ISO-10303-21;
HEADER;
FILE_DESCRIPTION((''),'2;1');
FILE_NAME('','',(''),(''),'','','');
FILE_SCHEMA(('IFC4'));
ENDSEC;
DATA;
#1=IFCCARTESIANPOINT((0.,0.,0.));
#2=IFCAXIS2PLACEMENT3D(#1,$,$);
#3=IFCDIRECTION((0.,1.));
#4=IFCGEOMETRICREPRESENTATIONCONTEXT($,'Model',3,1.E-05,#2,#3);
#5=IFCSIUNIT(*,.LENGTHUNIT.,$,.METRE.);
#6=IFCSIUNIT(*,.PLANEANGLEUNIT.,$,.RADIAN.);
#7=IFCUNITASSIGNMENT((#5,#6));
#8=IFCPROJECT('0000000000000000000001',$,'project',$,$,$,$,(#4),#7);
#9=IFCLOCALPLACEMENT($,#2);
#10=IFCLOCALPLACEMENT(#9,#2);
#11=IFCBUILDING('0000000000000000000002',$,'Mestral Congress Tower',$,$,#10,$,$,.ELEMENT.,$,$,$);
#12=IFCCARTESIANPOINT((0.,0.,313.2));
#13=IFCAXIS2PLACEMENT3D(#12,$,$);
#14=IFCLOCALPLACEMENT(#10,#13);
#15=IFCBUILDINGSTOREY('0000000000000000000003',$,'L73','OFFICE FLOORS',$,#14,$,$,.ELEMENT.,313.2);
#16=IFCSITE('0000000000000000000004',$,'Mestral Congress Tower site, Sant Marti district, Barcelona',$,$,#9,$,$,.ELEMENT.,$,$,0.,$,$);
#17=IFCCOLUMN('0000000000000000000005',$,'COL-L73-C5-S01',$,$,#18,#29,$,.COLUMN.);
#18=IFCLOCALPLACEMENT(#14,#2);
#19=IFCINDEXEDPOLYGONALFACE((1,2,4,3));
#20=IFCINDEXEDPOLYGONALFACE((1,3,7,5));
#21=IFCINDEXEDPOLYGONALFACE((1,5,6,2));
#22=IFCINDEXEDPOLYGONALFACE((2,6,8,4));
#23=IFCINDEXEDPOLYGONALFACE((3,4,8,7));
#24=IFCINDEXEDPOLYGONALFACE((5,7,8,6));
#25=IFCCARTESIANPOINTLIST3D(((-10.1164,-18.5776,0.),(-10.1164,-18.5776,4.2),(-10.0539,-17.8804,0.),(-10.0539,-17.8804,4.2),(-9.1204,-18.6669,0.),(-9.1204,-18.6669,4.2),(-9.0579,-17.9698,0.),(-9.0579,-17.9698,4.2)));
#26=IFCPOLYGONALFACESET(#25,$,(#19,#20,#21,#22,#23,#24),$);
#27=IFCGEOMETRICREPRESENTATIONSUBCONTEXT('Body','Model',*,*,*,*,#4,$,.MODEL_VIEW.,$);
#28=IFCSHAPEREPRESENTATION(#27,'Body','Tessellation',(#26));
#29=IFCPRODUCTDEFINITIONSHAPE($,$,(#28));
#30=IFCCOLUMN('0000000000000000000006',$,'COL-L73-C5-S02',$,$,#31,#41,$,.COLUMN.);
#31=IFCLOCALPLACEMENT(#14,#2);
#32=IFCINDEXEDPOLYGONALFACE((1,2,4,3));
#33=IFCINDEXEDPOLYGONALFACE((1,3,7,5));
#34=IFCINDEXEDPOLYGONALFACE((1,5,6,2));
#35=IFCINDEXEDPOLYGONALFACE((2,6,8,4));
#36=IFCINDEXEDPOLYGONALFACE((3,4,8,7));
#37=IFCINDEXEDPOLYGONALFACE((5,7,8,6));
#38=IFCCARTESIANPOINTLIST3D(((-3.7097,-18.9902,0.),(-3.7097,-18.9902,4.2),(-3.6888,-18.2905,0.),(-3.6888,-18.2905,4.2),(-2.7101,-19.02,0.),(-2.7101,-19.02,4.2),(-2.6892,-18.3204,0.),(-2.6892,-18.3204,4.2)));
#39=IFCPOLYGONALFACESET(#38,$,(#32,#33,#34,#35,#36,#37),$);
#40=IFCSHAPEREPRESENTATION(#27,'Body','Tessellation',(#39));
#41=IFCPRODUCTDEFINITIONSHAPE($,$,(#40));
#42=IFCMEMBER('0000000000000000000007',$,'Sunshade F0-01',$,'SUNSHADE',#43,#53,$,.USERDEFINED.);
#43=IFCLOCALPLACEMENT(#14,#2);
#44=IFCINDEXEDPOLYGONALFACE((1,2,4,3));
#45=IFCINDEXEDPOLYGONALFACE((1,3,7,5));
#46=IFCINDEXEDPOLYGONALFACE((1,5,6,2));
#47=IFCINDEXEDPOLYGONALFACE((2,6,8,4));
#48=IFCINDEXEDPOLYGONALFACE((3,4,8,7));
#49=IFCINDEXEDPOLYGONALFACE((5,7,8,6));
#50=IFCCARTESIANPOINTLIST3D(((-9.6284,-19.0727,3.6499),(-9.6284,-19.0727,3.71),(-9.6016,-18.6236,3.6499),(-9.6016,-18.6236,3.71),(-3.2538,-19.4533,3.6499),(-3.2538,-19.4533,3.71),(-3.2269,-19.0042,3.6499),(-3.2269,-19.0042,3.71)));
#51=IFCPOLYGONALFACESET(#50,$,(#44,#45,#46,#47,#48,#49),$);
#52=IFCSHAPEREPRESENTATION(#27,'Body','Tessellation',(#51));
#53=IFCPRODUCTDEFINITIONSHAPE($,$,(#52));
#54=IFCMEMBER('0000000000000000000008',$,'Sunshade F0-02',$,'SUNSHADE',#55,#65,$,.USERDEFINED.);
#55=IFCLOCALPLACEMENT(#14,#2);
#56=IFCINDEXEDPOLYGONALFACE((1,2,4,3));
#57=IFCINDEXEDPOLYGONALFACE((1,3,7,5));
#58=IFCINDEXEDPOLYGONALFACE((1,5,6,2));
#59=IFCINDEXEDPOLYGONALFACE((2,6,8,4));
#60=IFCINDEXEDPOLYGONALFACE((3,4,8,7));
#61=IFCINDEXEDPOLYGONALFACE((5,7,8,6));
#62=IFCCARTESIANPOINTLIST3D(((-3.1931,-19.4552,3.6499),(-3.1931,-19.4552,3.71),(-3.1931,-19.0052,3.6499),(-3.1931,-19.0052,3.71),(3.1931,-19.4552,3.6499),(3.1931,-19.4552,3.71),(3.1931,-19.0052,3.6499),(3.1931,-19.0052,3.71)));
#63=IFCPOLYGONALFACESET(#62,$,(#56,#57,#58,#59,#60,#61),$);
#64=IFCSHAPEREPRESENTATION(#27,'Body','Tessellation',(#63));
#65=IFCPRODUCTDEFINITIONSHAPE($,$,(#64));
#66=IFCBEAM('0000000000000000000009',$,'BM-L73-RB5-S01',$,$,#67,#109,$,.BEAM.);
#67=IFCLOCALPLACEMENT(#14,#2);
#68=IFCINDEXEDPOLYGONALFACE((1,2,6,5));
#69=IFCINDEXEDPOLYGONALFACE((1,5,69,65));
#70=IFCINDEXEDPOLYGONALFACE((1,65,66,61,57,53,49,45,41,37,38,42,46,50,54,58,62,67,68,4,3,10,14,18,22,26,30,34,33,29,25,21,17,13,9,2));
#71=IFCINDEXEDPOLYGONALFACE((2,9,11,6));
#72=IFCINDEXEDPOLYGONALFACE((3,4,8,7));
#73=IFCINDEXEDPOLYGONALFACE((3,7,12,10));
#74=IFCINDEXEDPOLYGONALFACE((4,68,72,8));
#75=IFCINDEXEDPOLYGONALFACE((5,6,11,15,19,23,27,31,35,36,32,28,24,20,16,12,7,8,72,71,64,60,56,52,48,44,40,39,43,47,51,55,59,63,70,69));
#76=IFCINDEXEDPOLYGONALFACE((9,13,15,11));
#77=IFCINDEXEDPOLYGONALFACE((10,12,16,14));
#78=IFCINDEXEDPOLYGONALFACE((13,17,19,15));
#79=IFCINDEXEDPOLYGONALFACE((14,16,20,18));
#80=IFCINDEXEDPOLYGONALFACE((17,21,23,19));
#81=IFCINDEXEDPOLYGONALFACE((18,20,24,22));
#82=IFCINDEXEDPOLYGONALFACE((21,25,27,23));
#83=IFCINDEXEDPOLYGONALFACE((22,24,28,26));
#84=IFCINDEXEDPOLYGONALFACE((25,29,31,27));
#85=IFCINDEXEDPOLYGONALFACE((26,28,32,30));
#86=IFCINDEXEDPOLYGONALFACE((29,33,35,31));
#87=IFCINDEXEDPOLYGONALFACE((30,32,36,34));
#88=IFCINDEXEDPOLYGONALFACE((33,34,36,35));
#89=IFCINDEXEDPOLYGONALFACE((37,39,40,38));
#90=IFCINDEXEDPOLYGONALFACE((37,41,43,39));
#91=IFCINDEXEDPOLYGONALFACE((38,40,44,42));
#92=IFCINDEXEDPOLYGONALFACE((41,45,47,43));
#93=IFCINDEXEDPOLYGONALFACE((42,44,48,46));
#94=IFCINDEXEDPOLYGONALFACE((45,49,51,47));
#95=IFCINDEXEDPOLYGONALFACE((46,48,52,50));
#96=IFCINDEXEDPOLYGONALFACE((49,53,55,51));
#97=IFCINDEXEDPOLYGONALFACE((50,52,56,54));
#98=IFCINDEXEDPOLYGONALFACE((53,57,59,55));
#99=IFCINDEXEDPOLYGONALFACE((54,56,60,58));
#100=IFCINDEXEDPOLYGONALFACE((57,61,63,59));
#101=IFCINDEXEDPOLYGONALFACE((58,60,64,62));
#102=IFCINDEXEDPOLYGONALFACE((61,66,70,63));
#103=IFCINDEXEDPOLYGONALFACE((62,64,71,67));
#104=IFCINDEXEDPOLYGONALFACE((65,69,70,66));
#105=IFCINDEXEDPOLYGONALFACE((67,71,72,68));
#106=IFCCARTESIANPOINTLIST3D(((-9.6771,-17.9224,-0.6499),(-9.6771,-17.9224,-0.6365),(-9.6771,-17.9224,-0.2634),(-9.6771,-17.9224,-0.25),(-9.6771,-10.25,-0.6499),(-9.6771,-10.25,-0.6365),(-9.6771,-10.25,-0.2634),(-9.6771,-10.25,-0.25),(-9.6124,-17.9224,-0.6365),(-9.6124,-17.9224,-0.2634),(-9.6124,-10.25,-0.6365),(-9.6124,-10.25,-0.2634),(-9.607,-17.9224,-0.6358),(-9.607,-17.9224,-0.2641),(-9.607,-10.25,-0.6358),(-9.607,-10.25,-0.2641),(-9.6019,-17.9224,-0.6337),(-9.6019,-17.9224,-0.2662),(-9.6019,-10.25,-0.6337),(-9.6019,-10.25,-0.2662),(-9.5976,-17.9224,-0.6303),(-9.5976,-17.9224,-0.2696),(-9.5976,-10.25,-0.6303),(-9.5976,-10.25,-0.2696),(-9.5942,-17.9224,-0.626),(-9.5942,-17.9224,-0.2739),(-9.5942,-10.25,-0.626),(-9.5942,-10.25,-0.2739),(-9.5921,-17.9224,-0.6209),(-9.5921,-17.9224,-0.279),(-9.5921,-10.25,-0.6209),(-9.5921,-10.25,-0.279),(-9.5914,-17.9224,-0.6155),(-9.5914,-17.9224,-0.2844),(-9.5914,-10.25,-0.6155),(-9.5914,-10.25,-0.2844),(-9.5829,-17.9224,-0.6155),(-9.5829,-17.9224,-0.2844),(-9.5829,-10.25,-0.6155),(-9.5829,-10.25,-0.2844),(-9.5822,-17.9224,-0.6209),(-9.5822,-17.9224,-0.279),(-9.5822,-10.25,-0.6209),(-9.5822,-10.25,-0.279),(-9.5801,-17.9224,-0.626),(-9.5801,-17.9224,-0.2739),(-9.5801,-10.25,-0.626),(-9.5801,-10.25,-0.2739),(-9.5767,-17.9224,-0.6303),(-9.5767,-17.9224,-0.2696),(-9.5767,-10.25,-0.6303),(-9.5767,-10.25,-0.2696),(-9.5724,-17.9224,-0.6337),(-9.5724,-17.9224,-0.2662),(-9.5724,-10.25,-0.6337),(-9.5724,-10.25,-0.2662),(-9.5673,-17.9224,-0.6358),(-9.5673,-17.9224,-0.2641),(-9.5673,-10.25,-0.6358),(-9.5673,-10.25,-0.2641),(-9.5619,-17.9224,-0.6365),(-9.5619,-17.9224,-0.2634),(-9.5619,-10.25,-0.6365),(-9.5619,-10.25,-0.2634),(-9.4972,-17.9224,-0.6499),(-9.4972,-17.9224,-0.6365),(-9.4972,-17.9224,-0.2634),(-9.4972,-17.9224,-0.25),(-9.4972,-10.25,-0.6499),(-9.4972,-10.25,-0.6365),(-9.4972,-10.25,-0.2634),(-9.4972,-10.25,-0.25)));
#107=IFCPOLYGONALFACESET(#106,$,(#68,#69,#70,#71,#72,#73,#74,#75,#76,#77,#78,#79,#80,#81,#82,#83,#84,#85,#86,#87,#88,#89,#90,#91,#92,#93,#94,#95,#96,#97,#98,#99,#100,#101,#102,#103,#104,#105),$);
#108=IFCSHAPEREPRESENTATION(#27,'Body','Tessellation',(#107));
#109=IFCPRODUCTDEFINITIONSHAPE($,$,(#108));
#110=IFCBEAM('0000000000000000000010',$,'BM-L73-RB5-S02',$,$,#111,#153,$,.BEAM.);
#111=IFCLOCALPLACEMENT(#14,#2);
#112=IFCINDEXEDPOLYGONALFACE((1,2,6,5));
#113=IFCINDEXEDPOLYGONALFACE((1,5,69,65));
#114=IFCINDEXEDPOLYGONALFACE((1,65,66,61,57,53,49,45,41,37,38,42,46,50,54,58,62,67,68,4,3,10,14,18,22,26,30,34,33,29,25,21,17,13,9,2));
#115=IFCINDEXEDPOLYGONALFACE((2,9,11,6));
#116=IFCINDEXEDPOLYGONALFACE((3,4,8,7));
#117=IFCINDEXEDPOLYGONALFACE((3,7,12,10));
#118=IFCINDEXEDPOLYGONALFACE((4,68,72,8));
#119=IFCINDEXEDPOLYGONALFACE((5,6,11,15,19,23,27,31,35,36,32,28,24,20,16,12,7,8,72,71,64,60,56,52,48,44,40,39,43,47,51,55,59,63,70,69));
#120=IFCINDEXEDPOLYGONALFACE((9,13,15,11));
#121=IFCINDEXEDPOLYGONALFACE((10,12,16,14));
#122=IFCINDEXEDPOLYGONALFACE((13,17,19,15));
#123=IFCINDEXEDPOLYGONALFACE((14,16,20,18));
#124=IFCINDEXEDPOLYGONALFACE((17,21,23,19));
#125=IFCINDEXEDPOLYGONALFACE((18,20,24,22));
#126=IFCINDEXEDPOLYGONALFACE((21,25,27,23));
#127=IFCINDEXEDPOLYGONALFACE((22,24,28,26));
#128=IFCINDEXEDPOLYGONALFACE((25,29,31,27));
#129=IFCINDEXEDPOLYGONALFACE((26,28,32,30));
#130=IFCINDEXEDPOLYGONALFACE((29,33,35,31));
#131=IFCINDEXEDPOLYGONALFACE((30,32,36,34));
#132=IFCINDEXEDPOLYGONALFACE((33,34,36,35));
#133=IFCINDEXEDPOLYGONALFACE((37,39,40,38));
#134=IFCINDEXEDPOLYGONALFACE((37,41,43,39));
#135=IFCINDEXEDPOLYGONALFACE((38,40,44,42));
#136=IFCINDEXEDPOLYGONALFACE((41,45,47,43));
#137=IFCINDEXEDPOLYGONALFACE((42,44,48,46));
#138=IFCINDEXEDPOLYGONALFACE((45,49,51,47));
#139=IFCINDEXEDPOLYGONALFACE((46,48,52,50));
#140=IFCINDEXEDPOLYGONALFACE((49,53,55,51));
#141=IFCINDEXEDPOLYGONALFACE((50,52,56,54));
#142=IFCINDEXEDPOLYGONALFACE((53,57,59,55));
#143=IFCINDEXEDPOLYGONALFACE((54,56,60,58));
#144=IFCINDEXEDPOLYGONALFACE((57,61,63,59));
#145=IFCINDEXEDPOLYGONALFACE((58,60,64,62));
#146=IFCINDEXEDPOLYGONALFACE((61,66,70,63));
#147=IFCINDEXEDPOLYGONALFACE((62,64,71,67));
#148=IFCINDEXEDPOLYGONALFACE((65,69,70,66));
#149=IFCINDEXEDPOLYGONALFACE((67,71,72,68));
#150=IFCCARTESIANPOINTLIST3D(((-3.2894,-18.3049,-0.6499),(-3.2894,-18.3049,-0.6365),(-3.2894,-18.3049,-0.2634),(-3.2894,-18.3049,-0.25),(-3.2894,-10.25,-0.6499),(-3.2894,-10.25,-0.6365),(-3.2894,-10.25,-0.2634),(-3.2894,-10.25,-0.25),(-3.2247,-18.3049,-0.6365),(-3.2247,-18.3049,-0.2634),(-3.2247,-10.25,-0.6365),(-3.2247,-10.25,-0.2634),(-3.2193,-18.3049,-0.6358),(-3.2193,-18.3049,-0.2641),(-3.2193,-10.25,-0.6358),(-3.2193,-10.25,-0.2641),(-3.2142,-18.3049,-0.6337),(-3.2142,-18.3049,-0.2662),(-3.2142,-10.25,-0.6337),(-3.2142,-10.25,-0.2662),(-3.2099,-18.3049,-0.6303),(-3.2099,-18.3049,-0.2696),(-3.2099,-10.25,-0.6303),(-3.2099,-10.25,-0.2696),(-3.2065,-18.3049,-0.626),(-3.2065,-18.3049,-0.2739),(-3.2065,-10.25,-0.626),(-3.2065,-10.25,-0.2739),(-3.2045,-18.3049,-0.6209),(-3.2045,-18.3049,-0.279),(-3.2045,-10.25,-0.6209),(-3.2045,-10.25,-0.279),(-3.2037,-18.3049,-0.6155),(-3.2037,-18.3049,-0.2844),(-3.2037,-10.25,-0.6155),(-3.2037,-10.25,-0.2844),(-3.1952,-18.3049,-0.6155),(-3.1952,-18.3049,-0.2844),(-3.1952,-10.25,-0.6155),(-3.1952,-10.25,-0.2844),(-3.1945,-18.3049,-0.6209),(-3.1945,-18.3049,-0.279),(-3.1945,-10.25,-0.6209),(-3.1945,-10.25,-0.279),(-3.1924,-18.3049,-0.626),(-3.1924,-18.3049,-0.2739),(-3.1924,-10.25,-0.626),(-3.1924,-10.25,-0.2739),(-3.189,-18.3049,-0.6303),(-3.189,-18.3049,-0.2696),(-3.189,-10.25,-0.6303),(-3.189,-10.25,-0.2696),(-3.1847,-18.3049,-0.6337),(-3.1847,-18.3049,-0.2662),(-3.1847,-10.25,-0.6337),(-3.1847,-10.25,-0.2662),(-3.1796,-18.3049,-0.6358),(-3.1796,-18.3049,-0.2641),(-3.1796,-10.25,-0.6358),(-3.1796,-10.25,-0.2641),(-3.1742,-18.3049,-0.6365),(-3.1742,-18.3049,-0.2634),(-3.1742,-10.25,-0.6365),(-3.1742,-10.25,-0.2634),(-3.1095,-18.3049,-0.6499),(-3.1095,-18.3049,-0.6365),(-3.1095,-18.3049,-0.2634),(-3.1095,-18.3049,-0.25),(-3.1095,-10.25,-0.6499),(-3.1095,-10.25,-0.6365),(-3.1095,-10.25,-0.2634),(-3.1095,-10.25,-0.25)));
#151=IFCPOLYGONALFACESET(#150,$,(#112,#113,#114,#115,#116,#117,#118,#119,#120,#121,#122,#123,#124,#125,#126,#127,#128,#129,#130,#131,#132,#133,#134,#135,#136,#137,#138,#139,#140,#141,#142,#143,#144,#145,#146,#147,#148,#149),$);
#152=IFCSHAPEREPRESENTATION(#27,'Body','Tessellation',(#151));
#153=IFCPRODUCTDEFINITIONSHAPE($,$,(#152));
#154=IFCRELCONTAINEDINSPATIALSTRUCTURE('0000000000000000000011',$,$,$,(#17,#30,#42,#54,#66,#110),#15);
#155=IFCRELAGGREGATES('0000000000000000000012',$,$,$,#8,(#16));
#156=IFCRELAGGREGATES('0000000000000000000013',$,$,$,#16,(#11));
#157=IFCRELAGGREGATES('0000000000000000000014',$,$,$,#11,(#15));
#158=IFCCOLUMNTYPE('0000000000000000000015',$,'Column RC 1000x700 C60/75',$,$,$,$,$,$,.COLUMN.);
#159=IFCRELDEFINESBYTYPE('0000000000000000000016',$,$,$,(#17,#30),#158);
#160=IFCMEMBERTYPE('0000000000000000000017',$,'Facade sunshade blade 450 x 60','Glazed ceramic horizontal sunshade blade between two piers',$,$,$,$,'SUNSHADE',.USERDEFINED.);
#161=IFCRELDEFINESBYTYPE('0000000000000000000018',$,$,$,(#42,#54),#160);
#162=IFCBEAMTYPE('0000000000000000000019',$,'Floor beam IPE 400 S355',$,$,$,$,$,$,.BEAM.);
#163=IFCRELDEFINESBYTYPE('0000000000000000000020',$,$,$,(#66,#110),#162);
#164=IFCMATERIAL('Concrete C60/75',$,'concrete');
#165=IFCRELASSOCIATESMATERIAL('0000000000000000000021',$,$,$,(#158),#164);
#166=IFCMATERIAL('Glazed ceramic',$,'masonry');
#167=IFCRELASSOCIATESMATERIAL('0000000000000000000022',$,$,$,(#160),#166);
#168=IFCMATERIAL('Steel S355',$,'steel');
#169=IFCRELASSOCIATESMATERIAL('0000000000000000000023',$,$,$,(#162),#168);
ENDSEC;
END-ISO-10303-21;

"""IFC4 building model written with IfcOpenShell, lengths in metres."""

from ifc_helpers import new_model, si_unit, direction, frame, origin, origin_2d, place, context, subcontext, project, spatial, rectangle, i_section, extrude, material, material_profile, profile_set, type_object, element, save


model = new_model("IFC4")

# Units and contexts
model_context = context("Model", 3, precision=1e-05, world=origin(), true_north=direction((0.0, 1.0)))
body_context = subcontext(model_context, "Body", "Model", "MODEL_VIEW")
ifc_project = project(units=[si_unit("LENGTHUNIT", "METRE"), si_unit("PLANEANGLEUNIT", "RADIAN")], contexts=[model_context])

# Site, building, storey
site_placement = place(None, origin())
site = spatial("IfcSite", under=ifc_project, at=site_placement, Name="Mestral Congress Tower site, Sant Marti district, Barcelona", CompositionType="ELEMENT", RefElevation=0.0)
building_placement = place(site_placement, origin())
building = spatial("IfcBuilding", under=site, at=building_placement, Name="Mestral Congress Tower", CompositionType="ELEMENT")
storey_placement = place(building_placement, frame((0.0, 0.0, 313.2)))
storey = spatial("IfcBuildingStorey", under=building, at=storey_placement, Name="L73", Description="OFFICE FLOORS", CompositionType="ELEMENT", Elevation=313.2)

# Columns
ifc_material_1 = material(Name="Concrete C60/75", Category="concrete")
ifc_material_profile_1 = material_profile(ifc_material_1, rectangle(XDim=1.0, YDim=0.7, at=origin_2d()), Name="RC 1000x700")
ifc_profile_set_1 = profile_set([ifc_material_profile_1], Name="Concrete C60/75")
column_type = type_object("IfcColumnType", Name="Column RC 1000x700 C60/75", PredefinedType="COLUMN", material=ifc_profile_set_1)
for number, where, z_axis, x_axis, name in (
    (1, (-9.5872, -18.2737, 0.0), (0.0, 0.0, 1.0), (0.995998, -0.089378, 0.0), "COL-L73-C5-S01"),
    (2, (-3.1995, -18.6553, 0.0), (0.0, 0.0, 1.0), (0.999555, -0.029828, 0.0), "COL-L73-C5-S02"),
):
    element("IfcColumn", number, at=place(storey_placement, frame(where, z_axis=z_axis, x_axis=x_axis)), inside=storey, type_object=column_type, Name=name, PredefinedType="COLUMN", context=body_context, shape_type="SweptSolid", body=[
        extrude(rectangle(XDim=1.0, YDim=0.7, at=origin_2d()), origin(), (0.0, 0.0, 1.0), 4.2),
    ])

# Members
ifc_material_2 = material(Name="Glazed ceramic", Category="masonry")
ifc_material_profile_2 = material_profile(ifc_material_2, rectangle(XDim=0.45, YDim=0.0601, at=origin_2d()), Name="Ceramic blade 450 x 60")
ifc_profile_set_2 = profile_set([ifc_material_profile_2], Name="Glazed ceramic")
member_type = type_object("IfcMemberType", Name="Facade sunshade blade 450 x 60", Description="Glazed ceramic horizontal sunshade blade between two piers", ElementType="SUNSHADE", PredefinedType="USERDEFINED", material=ifc_profile_set_2)
member_1_placement = place(storey_placement, frame((-9.615, -18.8481, 3.6799), z_axis=(0.998222, -0.059603, 0.0), x_axis=(0.059603, 0.998222, 0.0)))
element("IfcMember", 3, at=member_1_placement, inside=storey, type_object=member_type, Name="Sunshade F0-01", ObjectType="SUNSHADE", PredefinedType="USERDEFINED", context=body_context, shape_type="SweptSolid", body=[
    extrude(rectangle(XDim=0.45, YDim=0.0601, at=origin_2d()), origin(), (0.0, 0.0, 1.0), 6.386),
])
member_2_placement = place(storey_placement, frame((-3.1931, -19.2302, 3.6799), z_axis=(1.0, 0.0, 0.0), x_axis=(0.0, 1.0, 0.0)))
element("IfcMember", 4, at=member_2_placement, inside=storey, type_object=member_type, Name="Sunshade F0-02", ObjectType="SUNSHADE", PredefinedType="USERDEFINED", context=body_context, shape_type="SweptSolid", body=[
    extrude(rectangle(XDim=0.45, YDim=0.0601, at=origin_2d()), origin(), (0.0, 0.0, 1.0), 6.3862),
])

# Beams
ifc_material_3 = material(Name="Steel S355", Category="steel")
ifc_material_profile_3 = material_profile(ifc_material_3, i_section(OverallWidth=0.1799, OverallDepth=0.3999, WebThickness=0.0085, FlangeThickness=0.0134, FilletRadius=0.021, at=origin_2d()), Name="IPE 400")
ifc_profile_set_3 = profile_set([ifc_material_profile_3], Name="Steel S355")
beam_type_1 = type_object("IfcBeamType", Name="Floor beam IPE 400 S355", PredefinedType="BEAM", material=ifc_profile_set_3)
beam_1_placement = place(storey_placement, frame((-9.5872, -17.9224, -0.45), z_axis=(0.0, 1.0, 0.0), x_axis=(-1.0, 0.0, 0.0)))
element("IfcBeam", 5, at=beam_1_placement, inside=storey, type_object=beam_type_1, Name="BM-L73-RB5-S01", PredefinedType="BEAM", context=body_context, shape_type="SweptSolid", body=[
    extrude(i_section(OverallWidth=0.1799, OverallDepth=0.3999, WebThickness=0.0085, FlangeThickness=0.0134, FilletRadius=0.021, at=origin_2d()), origin(), (0.0, 0.0, 1.0), 7.6724),
])
beam_2_placement = place(storey_placement, frame((-3.1995, -18.3049, -0.45), z_axis=(0.0, 1.0, 0.0), x_axis=(-1.0, 0.0, 0.0)))
element("IfcBeam", 6, at=beam_2_placement, inside=storey, type_object=beam_type_1, Name="BM-L73-RB5-S02", PredefinedType="BEAM", context=body_context, shape_type="SweptSolid", body=[
    extrude(i_section(OverallWidth=0.1799, OverallDepth=0.3999, WebThickness=0.0085, FlangeThickness=0.0134, FilletRadius=0.021, at=origin_2d()), origin(), (0.0, 0.0, 1.0), 8.0549),
])

save(model, "model.ifc")
